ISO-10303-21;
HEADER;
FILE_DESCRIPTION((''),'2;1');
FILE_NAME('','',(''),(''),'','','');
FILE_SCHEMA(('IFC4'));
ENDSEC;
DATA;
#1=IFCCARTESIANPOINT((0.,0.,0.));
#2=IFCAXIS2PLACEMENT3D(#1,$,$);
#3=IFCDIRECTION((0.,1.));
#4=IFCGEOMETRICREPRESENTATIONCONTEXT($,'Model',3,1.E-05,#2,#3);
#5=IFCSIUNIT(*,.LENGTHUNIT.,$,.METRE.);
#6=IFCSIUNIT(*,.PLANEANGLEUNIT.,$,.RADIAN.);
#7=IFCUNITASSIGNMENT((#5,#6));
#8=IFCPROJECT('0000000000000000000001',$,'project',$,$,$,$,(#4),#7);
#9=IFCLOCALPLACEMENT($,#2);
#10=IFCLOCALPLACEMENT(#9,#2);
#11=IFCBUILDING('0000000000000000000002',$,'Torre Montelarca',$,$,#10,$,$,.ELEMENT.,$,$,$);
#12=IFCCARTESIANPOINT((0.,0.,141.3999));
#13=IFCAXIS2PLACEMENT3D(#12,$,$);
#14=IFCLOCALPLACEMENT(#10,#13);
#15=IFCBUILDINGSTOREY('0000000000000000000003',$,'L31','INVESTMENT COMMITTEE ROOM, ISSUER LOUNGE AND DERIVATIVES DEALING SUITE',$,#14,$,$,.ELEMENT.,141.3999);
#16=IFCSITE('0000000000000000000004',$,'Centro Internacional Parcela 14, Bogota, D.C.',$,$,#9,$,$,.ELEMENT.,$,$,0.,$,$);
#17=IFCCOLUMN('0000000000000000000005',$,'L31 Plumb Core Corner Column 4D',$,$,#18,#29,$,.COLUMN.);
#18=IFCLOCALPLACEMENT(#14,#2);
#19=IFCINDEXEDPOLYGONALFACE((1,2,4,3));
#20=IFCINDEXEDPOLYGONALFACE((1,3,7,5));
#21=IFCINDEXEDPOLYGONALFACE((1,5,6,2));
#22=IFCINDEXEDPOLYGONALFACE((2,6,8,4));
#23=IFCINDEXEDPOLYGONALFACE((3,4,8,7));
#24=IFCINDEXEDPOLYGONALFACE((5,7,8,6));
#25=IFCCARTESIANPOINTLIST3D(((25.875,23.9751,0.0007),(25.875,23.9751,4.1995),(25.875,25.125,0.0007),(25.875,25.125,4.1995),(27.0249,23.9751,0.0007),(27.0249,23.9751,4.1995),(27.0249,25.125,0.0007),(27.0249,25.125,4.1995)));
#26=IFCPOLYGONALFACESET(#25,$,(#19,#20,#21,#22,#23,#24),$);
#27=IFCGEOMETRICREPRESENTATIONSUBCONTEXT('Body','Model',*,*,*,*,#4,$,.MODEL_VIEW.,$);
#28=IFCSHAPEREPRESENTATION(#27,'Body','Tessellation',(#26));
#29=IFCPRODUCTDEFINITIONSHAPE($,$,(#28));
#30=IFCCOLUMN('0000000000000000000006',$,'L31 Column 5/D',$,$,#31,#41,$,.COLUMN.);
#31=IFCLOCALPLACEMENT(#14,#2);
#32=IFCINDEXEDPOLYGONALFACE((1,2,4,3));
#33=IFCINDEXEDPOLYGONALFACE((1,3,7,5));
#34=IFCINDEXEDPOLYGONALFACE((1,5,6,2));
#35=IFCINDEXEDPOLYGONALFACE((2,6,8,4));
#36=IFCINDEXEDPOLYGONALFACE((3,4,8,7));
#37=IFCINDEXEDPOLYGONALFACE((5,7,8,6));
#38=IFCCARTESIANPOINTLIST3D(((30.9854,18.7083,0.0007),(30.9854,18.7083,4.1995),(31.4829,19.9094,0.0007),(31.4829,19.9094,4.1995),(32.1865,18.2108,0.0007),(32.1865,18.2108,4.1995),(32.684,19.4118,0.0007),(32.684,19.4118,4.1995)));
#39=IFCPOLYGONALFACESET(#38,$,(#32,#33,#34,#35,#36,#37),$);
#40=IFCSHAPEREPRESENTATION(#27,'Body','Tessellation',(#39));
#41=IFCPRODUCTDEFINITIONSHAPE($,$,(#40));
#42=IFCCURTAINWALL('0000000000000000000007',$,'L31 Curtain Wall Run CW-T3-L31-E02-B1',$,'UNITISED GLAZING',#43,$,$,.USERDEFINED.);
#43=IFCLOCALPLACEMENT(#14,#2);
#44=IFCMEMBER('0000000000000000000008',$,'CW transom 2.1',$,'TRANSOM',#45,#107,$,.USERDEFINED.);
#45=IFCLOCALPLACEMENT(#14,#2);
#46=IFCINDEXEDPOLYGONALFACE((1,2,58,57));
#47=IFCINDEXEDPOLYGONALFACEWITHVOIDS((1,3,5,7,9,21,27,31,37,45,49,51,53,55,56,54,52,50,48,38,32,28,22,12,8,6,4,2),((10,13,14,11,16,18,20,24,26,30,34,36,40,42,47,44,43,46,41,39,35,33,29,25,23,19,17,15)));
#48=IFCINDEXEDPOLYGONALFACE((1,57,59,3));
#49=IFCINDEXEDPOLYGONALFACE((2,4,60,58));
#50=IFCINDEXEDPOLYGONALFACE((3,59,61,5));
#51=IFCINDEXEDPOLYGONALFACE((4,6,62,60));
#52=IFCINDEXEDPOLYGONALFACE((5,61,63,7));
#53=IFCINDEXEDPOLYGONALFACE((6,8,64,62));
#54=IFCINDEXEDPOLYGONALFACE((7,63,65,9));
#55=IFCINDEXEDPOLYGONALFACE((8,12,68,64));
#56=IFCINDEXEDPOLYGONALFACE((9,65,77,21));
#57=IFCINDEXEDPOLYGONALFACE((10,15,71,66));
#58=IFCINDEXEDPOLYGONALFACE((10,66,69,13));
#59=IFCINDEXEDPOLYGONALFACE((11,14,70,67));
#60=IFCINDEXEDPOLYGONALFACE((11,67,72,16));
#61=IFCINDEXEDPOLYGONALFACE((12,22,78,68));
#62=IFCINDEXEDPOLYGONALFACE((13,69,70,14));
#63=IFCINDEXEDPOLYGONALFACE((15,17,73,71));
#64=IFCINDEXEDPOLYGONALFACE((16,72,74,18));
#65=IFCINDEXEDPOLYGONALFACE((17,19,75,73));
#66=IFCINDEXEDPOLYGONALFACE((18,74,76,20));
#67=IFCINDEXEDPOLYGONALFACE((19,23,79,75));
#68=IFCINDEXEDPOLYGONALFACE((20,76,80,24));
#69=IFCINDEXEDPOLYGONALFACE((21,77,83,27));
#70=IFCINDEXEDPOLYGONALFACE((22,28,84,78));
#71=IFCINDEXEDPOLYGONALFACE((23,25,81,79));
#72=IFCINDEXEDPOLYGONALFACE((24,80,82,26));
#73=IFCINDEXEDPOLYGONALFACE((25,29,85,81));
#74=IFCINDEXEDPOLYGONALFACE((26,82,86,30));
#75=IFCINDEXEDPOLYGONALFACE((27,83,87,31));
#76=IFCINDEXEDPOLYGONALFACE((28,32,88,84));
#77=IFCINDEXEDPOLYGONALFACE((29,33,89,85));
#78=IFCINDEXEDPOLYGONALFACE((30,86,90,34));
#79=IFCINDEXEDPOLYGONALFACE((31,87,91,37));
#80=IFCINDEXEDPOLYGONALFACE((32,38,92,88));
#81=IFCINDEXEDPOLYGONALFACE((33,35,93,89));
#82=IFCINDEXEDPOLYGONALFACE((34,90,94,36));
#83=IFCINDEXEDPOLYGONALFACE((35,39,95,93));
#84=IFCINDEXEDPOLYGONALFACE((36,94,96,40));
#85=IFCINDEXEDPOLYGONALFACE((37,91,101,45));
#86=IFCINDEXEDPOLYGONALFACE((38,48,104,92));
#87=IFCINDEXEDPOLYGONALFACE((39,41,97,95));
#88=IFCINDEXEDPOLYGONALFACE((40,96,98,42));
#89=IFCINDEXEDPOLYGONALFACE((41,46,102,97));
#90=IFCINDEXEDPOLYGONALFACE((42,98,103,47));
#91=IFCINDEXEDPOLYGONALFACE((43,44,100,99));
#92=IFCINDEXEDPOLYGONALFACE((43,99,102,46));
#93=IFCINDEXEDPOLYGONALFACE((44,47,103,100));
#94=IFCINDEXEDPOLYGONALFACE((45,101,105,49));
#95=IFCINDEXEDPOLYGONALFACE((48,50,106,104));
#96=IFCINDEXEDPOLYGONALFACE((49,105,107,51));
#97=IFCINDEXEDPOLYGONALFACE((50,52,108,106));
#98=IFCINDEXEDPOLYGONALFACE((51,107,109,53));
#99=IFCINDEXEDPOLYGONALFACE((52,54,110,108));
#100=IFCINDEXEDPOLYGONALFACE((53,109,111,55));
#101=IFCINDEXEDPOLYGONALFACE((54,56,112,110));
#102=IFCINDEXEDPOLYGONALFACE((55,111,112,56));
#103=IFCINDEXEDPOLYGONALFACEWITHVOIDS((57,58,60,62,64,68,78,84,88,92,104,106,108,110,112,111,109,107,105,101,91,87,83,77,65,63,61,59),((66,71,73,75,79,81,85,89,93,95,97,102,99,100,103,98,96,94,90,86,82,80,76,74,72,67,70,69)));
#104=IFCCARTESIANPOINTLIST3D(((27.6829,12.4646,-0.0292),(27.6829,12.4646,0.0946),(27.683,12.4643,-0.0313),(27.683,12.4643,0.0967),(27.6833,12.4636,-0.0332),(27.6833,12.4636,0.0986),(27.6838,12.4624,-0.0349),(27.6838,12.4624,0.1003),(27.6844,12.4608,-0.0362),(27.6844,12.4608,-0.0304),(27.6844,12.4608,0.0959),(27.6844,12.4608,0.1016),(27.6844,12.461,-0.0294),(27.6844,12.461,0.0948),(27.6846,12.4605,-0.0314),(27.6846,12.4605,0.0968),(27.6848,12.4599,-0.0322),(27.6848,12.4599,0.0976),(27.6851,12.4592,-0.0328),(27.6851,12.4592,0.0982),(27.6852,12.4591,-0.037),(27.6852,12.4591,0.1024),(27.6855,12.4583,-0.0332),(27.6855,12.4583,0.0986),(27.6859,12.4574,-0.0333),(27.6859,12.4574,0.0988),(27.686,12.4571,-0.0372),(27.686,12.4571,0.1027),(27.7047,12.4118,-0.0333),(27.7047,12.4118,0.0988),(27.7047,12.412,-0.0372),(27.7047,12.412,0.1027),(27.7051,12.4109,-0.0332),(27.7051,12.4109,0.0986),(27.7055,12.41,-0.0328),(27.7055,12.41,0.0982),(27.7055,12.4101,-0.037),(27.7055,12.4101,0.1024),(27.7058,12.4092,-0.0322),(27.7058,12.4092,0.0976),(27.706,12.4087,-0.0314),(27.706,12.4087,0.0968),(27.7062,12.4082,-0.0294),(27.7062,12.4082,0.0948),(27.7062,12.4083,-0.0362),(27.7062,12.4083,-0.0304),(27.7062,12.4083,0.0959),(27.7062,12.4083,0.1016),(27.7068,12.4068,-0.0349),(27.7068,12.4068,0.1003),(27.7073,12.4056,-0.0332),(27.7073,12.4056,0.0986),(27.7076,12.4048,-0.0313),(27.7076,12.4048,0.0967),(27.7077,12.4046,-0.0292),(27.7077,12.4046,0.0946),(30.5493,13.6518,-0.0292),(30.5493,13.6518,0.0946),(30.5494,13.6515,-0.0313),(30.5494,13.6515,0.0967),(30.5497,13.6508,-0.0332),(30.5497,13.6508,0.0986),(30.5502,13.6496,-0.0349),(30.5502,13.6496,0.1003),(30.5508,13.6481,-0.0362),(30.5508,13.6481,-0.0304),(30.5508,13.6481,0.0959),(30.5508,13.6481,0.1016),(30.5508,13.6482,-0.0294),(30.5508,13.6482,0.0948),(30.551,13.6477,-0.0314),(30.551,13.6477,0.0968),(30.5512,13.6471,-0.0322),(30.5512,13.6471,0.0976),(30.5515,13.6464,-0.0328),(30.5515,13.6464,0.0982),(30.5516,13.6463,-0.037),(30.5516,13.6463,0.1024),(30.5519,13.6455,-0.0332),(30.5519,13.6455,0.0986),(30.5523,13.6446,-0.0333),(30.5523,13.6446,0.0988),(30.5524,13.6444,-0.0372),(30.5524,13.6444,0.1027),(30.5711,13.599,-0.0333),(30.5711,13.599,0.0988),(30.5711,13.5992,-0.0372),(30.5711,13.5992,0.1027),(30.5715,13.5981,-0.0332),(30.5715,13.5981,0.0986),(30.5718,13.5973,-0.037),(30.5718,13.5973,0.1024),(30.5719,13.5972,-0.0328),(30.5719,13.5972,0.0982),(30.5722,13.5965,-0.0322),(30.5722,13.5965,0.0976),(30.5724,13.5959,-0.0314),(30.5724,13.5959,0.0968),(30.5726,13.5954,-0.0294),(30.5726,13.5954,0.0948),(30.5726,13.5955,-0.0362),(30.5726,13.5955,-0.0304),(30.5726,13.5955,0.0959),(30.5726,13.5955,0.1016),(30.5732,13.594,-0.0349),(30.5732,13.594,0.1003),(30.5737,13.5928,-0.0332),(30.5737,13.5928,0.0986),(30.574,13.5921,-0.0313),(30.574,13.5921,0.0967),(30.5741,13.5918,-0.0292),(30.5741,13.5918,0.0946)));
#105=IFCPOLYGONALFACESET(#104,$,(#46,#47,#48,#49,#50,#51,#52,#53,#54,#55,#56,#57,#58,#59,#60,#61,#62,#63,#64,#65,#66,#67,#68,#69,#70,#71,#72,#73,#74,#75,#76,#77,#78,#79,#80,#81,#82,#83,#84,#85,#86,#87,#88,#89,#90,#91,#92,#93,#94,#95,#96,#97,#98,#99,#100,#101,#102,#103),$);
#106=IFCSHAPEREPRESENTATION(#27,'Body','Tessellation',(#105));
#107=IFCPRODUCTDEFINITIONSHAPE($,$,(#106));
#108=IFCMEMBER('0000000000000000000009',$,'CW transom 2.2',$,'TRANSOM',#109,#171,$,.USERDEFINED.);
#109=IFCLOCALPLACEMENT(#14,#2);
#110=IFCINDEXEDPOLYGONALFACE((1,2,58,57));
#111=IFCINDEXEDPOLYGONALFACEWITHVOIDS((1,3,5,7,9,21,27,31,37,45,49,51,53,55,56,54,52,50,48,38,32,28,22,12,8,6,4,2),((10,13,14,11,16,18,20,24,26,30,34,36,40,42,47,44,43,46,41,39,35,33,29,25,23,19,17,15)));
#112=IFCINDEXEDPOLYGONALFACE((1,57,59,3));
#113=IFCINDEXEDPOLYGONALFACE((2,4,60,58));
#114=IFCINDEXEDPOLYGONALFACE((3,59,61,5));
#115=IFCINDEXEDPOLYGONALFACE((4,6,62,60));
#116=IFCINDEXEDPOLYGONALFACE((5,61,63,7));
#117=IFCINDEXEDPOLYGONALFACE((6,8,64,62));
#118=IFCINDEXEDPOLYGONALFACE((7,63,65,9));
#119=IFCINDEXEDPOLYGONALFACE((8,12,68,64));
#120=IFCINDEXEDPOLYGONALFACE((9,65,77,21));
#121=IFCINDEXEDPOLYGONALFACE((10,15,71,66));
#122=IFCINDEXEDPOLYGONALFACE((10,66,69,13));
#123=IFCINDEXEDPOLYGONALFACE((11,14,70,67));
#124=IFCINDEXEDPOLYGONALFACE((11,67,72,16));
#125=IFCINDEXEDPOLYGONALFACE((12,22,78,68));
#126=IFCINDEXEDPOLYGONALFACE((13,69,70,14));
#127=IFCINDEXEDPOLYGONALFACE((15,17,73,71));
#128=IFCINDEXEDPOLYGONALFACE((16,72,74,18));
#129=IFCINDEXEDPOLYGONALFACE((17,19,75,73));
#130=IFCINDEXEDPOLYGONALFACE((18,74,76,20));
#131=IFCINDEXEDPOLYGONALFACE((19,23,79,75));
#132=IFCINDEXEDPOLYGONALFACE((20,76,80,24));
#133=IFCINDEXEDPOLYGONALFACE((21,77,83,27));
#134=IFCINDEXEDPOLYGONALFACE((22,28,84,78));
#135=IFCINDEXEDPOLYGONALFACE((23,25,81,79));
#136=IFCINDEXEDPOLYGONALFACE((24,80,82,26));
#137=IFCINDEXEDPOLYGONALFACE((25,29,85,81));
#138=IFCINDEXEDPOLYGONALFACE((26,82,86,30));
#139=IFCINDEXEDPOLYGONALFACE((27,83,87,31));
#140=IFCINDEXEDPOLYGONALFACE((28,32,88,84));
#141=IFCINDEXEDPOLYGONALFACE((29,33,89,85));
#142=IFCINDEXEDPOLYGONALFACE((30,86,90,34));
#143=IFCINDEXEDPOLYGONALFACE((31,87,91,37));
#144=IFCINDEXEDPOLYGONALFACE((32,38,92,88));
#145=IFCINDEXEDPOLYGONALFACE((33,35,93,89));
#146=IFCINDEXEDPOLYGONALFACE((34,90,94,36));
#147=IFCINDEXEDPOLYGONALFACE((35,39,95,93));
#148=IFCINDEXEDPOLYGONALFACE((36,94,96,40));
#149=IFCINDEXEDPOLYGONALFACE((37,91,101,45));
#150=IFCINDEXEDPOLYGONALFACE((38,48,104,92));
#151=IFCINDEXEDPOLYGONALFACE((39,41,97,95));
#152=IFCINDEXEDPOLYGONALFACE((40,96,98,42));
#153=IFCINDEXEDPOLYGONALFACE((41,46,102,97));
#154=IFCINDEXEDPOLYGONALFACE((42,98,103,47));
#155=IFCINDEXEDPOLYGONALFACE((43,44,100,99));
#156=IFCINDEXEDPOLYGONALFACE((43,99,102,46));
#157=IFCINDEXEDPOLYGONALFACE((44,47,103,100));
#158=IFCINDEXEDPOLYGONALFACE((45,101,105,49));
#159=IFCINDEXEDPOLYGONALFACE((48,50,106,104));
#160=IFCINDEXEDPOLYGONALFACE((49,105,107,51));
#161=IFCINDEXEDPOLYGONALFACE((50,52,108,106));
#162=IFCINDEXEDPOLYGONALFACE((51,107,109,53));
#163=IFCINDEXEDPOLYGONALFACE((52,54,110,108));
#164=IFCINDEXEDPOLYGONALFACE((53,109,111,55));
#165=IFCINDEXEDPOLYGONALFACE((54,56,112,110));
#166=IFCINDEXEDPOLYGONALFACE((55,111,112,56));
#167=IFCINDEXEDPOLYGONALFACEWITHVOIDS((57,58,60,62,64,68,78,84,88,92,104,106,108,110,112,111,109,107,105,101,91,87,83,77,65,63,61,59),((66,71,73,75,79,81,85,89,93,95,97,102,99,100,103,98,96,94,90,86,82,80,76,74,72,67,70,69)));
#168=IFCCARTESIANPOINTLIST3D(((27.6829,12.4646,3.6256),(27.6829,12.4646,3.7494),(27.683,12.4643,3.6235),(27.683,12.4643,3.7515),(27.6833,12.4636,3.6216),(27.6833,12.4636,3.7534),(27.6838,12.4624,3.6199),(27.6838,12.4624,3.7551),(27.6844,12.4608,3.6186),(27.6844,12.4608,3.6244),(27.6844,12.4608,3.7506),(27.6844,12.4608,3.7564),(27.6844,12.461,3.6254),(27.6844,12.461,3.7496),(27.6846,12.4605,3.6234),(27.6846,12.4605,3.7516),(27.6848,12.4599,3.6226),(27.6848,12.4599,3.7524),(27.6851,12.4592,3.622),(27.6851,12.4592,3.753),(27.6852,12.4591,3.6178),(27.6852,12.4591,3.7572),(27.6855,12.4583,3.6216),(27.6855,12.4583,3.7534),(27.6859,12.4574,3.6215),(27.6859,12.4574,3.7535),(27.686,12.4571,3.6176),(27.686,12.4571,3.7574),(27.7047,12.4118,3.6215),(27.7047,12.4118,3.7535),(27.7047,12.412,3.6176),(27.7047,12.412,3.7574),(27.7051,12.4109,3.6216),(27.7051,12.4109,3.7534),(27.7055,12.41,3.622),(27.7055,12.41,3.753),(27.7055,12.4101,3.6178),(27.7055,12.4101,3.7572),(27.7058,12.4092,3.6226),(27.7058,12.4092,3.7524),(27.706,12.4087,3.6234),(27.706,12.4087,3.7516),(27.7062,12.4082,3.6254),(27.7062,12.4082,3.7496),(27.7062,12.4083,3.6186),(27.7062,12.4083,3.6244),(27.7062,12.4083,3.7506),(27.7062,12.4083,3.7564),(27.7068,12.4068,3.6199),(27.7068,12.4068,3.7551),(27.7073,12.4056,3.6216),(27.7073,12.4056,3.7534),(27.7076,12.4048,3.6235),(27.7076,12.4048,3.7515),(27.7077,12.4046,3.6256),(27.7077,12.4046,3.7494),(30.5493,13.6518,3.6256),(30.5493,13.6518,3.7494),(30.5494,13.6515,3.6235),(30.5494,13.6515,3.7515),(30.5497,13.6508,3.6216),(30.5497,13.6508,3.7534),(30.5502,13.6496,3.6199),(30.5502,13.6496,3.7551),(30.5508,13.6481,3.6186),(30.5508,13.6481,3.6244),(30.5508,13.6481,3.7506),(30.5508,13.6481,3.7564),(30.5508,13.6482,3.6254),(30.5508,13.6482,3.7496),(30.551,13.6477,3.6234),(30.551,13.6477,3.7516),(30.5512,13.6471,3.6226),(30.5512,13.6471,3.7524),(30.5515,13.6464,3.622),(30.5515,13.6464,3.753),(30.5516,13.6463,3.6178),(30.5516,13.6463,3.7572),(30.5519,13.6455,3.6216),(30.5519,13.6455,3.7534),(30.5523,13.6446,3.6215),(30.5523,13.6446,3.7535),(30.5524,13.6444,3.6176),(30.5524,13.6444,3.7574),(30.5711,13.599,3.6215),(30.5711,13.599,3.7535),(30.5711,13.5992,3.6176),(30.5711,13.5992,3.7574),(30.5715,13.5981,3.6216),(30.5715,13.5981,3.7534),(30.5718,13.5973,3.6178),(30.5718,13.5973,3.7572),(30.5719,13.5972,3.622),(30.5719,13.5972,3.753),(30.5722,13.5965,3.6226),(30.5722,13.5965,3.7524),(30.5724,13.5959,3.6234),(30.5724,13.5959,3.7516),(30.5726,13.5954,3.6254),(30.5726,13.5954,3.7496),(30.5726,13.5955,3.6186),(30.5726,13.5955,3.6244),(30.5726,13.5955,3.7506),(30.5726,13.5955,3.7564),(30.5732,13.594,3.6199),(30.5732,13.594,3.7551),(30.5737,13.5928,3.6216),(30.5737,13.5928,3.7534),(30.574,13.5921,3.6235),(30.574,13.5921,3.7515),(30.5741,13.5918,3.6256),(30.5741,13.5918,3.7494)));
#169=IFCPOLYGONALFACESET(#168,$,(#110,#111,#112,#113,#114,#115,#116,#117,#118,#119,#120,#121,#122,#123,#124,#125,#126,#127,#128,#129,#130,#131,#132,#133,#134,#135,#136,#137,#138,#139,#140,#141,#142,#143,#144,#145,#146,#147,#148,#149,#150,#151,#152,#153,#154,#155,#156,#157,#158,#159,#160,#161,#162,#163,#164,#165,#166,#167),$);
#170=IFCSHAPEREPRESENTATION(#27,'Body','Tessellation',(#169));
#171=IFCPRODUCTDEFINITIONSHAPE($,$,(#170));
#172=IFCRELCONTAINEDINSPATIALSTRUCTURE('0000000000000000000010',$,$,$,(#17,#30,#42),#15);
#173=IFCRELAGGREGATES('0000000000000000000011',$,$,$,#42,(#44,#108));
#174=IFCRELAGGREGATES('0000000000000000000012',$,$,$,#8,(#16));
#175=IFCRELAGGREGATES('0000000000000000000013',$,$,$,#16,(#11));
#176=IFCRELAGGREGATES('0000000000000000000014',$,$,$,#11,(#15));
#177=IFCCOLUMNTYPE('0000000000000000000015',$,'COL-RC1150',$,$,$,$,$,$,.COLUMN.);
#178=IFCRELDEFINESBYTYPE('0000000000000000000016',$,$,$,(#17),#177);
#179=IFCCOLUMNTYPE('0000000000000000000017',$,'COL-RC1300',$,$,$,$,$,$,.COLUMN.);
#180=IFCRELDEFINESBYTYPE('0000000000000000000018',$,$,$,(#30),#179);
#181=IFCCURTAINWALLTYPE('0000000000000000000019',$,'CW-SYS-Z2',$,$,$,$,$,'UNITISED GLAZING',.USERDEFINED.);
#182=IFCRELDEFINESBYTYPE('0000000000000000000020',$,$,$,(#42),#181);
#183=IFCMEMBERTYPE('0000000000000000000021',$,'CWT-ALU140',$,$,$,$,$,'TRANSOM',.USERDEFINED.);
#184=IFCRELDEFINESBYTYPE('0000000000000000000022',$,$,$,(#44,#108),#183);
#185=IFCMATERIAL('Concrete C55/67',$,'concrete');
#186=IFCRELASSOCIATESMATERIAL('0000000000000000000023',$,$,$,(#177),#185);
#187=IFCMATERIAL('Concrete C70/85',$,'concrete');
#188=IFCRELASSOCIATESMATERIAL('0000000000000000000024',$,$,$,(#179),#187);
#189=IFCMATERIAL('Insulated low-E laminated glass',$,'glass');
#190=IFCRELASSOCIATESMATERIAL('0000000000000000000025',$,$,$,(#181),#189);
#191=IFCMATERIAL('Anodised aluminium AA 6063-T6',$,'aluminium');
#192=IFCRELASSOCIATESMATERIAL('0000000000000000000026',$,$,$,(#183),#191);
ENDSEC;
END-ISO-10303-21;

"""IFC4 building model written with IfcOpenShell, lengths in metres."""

from ifc_helpers import new_model, si_unit, direction, frame, origin, origin_2d, place, context, subcontext, project, spatial, rectangle, hollow_rectangle, extrude, source, transform, mapped, material, material_profile, profile_set, type_object, element, aggregate, save


model = new_model("IFC4")

# Units and contexts
model_context = context("Model", 3, precision=1e-05, world=origin(), true_north=direction((0.0, 1.0)))
body_context = subcontext(model_context, "Body", "Model", "MODEL_VIEW")
ifc_project = project(units=[si_unit("LENGTHUNIT", "METRE"), si_unit("PLANEANGLEUNIT", "RADIAN")], contexts=[model_context])

# Site, building, storey
site_placement = place(None, origin())
site = spatial("IfcSite", under=ifc_project, at=site_placement, Name="Centro Internacional Parcela 14, Bogota, D.C.", CompositionType="ELEMENT", RefElevation=0.0)
building_placement = place(site_placement, origin())
building = spatial("IfcBuilding", under=site, at=building_placement, Name="Torre Montelarca", CompositionType="ELEMENT")
storey_placement = place(building_placement, frame((0.0, 0.0, 141.3999)))
storey = spatial("IfcBuildingStorey", under=building, at=storey_placement, Name="L31", Description="INVESTMENT COMMITTEE ROOM, ISSUER LOUNGE AND DERIVATIVES DEALING SUITE", CompositionType="ELEMENT", Elevation=141.3999)

# Columns
ifc_material_1 = material(Name="Concrete C55/67", Category="concrete")
ifc_material_profile_1 = material_profile(ifc_material_1, rectangle(XDim=1.1499, YDim=1.1499, at=origin_2d()), Name="RC1150X1150", Category="concrete")
ifc_profile_set_1 = profile_set([ifc_material_profile_1], Name="Concrete C55/67")
column_type_1 = type_object("IfcColumnType", Name="COL-RC1150", PredefinedType="COLUMN", material=ifc_profile_set_1)
shared_shape_1 = source(origin(), body_context, "Body", "SweptSolid", [
    extrude(rectangle(XDim=1.1499, YDim=1.1499, at=origin_2d()), origin(), (0.0, 0.0, 1.0), 4.1987),
])
column_1_placement = place(storey_placement, frame((26.45, 24.55, 0.0007), z_axis=(0.0, 0.0, 1.0), x_axis=(1.0, 0.0, 0.0)))
element("IfcColumn", 1, at=column_1_placement, inside=storey, type_object=column_type_1, Name="L31 Plumb Core Corner Column 4D", PredefinedType="COLUMN", context=body_context, shape_type="MappedRepresentation", body=[
    mapped(shared_shape_1, transform((0.0, 0.0, 0.0), scale=1.0)),
])
ifc_material_2 = material(Name="Concrete C70/85", Category="concrete")
ifc_material_profile_2 = material_profile(ifc_material_2, rectangle(XDim=1.3, YDim=1.3, at=origin_2d()), Name="RC1300X1300", Category="concrete")
ifc_profile_set_2 = profile_set([ifc_material_profile_2], Name="Concrete C70/85")
column_type_2 = type_object("IfcColumnType", Name="COL-RC1300", PredefinedType="COLUMN", material=ifc_profile_set_2)
shared_shape_2 = source(origin(), body_context, "Body", "SweptSolid", [
    extrude(rectangle(XDim=1.3, YDim=1.3, at=origin_2d()), origin(), (0.0, 0.0, 1.0), 4.1987),
])
column_2_placement = place(storey_placement, frame((31.8347, 19.0601, 0.0007), z_axis=(0.0, 0.0, 1.0), x_axis=(-0.92388, 0.382683, 0.0)))
element("IfcColumn", 2, at=column_2_placement, inside=storey, type_object=column_type_2, Name="L31 Column 5/D", PredefinedType="COLUMN", context=body_context, shape_type="MappedRepresentation", body=[
    mapped(shared_shape_2, transform((0.0, 0.0, 0.0), scale=1.0)),
])

# Curtain wall, members
ifc_material_3 = material(Name="Insulated low-E laminated glass", Category="glass")
curtain_wall_type = type_object("IfcCurtainWallType", Name="CW-SYS-Z2", ElementType="UNITISED GLAZING", PredefinedType="USERDEFINED", material=ifc_material_3)
curtain_wall_1_placement = place(storey_placement, origin())
curtain_wall_1 = element("IfcCurtainWall", 3, at=curtain_wall_1_placement, inside=storey, type_object=curtain_wall_type, Name="L31 Curtain Wall Run CW-T3-L31-E02-B1", ObjectType="UNITISED GLAZING", PredefinedType="USERDEFINED")
ifc_material_4 = material(Name="Anodised aluminium AA 6063-T6", Category="aluminium")
ifc_material_profile_3 = material_profile(ifc_material_4, hollow_rectangle(XDim=0.0649, YDim=0.1399, WallThickness=0.0039, InnerFilletRadius=0.0039, OuterFilletRadius=0.0081, at=origin_2d()), Name="ALU65X140X4", Category="aluminium")
ifc_profile_set_3 = profile_set([ifc_material_profile_3], Name="Anodised aluminium AA 6063-T6")
member_type_1 = type_object("IfcMemberType", Name="CWT-ALU140", ElementType="TRANSOM", PredefinedType="USERDEFINED", material=ifc_profile_set_3)
shared_shape_3 = source(origin(), body_context, "Body", "SweptSolid", [
    extrude(hollow_rectangle(XDim=0.0649, YDim=0.1399, WallThickness=0.0039, InnerFilletRadius=0.0039, OuterFilletRadius=0.0081, at=origin_2d()), origin(), (0.0, 0.0, 1.0), 3.1025),
])
member_1_placement = place(storey_placement, frame((27.6953, 12.4346, 0.0327), z_axis=(0.923887, 0.382665, 0.0), x_axis=(-0.382665, 0.923887, 0.0)))
member_1 = element("IfcMember", 4, at=member_1_placement, type_object=member_type_1, Name="CW transom 2.1", ObjectType="TRANSOM", PredefinedType="USERDEFINED", context=body_context, shape_type="MappedRepresentation", body=[
    mapped(shared_shape_3, transform((0.0, 0.0, 0.0), scale=1.0)),
])
member_2_placement = place(storey_placement, frame((27.6953, 12.4346, 3.6875), z_axis=(0.923887, 0.382665, 0.0), x_axis=(-0.382665, 0.923887, 0.0)))
member_2 = element("IfcMember", 5, at=member_2_placement, type_object=member_type_1, Name="CW transom 2.2", ObjectType="TRANSOM", PredefinedType="USERDEFINED", context=body_context, shape_type="MappedRepresentation", body=[
    mapped(shared_shape_3, transform((0.0, 0.0, 0.0), scale=1.0)),
])

aggregate(curtain_wall_1, [member_1, member_2])

save(model, "model.ifc")
